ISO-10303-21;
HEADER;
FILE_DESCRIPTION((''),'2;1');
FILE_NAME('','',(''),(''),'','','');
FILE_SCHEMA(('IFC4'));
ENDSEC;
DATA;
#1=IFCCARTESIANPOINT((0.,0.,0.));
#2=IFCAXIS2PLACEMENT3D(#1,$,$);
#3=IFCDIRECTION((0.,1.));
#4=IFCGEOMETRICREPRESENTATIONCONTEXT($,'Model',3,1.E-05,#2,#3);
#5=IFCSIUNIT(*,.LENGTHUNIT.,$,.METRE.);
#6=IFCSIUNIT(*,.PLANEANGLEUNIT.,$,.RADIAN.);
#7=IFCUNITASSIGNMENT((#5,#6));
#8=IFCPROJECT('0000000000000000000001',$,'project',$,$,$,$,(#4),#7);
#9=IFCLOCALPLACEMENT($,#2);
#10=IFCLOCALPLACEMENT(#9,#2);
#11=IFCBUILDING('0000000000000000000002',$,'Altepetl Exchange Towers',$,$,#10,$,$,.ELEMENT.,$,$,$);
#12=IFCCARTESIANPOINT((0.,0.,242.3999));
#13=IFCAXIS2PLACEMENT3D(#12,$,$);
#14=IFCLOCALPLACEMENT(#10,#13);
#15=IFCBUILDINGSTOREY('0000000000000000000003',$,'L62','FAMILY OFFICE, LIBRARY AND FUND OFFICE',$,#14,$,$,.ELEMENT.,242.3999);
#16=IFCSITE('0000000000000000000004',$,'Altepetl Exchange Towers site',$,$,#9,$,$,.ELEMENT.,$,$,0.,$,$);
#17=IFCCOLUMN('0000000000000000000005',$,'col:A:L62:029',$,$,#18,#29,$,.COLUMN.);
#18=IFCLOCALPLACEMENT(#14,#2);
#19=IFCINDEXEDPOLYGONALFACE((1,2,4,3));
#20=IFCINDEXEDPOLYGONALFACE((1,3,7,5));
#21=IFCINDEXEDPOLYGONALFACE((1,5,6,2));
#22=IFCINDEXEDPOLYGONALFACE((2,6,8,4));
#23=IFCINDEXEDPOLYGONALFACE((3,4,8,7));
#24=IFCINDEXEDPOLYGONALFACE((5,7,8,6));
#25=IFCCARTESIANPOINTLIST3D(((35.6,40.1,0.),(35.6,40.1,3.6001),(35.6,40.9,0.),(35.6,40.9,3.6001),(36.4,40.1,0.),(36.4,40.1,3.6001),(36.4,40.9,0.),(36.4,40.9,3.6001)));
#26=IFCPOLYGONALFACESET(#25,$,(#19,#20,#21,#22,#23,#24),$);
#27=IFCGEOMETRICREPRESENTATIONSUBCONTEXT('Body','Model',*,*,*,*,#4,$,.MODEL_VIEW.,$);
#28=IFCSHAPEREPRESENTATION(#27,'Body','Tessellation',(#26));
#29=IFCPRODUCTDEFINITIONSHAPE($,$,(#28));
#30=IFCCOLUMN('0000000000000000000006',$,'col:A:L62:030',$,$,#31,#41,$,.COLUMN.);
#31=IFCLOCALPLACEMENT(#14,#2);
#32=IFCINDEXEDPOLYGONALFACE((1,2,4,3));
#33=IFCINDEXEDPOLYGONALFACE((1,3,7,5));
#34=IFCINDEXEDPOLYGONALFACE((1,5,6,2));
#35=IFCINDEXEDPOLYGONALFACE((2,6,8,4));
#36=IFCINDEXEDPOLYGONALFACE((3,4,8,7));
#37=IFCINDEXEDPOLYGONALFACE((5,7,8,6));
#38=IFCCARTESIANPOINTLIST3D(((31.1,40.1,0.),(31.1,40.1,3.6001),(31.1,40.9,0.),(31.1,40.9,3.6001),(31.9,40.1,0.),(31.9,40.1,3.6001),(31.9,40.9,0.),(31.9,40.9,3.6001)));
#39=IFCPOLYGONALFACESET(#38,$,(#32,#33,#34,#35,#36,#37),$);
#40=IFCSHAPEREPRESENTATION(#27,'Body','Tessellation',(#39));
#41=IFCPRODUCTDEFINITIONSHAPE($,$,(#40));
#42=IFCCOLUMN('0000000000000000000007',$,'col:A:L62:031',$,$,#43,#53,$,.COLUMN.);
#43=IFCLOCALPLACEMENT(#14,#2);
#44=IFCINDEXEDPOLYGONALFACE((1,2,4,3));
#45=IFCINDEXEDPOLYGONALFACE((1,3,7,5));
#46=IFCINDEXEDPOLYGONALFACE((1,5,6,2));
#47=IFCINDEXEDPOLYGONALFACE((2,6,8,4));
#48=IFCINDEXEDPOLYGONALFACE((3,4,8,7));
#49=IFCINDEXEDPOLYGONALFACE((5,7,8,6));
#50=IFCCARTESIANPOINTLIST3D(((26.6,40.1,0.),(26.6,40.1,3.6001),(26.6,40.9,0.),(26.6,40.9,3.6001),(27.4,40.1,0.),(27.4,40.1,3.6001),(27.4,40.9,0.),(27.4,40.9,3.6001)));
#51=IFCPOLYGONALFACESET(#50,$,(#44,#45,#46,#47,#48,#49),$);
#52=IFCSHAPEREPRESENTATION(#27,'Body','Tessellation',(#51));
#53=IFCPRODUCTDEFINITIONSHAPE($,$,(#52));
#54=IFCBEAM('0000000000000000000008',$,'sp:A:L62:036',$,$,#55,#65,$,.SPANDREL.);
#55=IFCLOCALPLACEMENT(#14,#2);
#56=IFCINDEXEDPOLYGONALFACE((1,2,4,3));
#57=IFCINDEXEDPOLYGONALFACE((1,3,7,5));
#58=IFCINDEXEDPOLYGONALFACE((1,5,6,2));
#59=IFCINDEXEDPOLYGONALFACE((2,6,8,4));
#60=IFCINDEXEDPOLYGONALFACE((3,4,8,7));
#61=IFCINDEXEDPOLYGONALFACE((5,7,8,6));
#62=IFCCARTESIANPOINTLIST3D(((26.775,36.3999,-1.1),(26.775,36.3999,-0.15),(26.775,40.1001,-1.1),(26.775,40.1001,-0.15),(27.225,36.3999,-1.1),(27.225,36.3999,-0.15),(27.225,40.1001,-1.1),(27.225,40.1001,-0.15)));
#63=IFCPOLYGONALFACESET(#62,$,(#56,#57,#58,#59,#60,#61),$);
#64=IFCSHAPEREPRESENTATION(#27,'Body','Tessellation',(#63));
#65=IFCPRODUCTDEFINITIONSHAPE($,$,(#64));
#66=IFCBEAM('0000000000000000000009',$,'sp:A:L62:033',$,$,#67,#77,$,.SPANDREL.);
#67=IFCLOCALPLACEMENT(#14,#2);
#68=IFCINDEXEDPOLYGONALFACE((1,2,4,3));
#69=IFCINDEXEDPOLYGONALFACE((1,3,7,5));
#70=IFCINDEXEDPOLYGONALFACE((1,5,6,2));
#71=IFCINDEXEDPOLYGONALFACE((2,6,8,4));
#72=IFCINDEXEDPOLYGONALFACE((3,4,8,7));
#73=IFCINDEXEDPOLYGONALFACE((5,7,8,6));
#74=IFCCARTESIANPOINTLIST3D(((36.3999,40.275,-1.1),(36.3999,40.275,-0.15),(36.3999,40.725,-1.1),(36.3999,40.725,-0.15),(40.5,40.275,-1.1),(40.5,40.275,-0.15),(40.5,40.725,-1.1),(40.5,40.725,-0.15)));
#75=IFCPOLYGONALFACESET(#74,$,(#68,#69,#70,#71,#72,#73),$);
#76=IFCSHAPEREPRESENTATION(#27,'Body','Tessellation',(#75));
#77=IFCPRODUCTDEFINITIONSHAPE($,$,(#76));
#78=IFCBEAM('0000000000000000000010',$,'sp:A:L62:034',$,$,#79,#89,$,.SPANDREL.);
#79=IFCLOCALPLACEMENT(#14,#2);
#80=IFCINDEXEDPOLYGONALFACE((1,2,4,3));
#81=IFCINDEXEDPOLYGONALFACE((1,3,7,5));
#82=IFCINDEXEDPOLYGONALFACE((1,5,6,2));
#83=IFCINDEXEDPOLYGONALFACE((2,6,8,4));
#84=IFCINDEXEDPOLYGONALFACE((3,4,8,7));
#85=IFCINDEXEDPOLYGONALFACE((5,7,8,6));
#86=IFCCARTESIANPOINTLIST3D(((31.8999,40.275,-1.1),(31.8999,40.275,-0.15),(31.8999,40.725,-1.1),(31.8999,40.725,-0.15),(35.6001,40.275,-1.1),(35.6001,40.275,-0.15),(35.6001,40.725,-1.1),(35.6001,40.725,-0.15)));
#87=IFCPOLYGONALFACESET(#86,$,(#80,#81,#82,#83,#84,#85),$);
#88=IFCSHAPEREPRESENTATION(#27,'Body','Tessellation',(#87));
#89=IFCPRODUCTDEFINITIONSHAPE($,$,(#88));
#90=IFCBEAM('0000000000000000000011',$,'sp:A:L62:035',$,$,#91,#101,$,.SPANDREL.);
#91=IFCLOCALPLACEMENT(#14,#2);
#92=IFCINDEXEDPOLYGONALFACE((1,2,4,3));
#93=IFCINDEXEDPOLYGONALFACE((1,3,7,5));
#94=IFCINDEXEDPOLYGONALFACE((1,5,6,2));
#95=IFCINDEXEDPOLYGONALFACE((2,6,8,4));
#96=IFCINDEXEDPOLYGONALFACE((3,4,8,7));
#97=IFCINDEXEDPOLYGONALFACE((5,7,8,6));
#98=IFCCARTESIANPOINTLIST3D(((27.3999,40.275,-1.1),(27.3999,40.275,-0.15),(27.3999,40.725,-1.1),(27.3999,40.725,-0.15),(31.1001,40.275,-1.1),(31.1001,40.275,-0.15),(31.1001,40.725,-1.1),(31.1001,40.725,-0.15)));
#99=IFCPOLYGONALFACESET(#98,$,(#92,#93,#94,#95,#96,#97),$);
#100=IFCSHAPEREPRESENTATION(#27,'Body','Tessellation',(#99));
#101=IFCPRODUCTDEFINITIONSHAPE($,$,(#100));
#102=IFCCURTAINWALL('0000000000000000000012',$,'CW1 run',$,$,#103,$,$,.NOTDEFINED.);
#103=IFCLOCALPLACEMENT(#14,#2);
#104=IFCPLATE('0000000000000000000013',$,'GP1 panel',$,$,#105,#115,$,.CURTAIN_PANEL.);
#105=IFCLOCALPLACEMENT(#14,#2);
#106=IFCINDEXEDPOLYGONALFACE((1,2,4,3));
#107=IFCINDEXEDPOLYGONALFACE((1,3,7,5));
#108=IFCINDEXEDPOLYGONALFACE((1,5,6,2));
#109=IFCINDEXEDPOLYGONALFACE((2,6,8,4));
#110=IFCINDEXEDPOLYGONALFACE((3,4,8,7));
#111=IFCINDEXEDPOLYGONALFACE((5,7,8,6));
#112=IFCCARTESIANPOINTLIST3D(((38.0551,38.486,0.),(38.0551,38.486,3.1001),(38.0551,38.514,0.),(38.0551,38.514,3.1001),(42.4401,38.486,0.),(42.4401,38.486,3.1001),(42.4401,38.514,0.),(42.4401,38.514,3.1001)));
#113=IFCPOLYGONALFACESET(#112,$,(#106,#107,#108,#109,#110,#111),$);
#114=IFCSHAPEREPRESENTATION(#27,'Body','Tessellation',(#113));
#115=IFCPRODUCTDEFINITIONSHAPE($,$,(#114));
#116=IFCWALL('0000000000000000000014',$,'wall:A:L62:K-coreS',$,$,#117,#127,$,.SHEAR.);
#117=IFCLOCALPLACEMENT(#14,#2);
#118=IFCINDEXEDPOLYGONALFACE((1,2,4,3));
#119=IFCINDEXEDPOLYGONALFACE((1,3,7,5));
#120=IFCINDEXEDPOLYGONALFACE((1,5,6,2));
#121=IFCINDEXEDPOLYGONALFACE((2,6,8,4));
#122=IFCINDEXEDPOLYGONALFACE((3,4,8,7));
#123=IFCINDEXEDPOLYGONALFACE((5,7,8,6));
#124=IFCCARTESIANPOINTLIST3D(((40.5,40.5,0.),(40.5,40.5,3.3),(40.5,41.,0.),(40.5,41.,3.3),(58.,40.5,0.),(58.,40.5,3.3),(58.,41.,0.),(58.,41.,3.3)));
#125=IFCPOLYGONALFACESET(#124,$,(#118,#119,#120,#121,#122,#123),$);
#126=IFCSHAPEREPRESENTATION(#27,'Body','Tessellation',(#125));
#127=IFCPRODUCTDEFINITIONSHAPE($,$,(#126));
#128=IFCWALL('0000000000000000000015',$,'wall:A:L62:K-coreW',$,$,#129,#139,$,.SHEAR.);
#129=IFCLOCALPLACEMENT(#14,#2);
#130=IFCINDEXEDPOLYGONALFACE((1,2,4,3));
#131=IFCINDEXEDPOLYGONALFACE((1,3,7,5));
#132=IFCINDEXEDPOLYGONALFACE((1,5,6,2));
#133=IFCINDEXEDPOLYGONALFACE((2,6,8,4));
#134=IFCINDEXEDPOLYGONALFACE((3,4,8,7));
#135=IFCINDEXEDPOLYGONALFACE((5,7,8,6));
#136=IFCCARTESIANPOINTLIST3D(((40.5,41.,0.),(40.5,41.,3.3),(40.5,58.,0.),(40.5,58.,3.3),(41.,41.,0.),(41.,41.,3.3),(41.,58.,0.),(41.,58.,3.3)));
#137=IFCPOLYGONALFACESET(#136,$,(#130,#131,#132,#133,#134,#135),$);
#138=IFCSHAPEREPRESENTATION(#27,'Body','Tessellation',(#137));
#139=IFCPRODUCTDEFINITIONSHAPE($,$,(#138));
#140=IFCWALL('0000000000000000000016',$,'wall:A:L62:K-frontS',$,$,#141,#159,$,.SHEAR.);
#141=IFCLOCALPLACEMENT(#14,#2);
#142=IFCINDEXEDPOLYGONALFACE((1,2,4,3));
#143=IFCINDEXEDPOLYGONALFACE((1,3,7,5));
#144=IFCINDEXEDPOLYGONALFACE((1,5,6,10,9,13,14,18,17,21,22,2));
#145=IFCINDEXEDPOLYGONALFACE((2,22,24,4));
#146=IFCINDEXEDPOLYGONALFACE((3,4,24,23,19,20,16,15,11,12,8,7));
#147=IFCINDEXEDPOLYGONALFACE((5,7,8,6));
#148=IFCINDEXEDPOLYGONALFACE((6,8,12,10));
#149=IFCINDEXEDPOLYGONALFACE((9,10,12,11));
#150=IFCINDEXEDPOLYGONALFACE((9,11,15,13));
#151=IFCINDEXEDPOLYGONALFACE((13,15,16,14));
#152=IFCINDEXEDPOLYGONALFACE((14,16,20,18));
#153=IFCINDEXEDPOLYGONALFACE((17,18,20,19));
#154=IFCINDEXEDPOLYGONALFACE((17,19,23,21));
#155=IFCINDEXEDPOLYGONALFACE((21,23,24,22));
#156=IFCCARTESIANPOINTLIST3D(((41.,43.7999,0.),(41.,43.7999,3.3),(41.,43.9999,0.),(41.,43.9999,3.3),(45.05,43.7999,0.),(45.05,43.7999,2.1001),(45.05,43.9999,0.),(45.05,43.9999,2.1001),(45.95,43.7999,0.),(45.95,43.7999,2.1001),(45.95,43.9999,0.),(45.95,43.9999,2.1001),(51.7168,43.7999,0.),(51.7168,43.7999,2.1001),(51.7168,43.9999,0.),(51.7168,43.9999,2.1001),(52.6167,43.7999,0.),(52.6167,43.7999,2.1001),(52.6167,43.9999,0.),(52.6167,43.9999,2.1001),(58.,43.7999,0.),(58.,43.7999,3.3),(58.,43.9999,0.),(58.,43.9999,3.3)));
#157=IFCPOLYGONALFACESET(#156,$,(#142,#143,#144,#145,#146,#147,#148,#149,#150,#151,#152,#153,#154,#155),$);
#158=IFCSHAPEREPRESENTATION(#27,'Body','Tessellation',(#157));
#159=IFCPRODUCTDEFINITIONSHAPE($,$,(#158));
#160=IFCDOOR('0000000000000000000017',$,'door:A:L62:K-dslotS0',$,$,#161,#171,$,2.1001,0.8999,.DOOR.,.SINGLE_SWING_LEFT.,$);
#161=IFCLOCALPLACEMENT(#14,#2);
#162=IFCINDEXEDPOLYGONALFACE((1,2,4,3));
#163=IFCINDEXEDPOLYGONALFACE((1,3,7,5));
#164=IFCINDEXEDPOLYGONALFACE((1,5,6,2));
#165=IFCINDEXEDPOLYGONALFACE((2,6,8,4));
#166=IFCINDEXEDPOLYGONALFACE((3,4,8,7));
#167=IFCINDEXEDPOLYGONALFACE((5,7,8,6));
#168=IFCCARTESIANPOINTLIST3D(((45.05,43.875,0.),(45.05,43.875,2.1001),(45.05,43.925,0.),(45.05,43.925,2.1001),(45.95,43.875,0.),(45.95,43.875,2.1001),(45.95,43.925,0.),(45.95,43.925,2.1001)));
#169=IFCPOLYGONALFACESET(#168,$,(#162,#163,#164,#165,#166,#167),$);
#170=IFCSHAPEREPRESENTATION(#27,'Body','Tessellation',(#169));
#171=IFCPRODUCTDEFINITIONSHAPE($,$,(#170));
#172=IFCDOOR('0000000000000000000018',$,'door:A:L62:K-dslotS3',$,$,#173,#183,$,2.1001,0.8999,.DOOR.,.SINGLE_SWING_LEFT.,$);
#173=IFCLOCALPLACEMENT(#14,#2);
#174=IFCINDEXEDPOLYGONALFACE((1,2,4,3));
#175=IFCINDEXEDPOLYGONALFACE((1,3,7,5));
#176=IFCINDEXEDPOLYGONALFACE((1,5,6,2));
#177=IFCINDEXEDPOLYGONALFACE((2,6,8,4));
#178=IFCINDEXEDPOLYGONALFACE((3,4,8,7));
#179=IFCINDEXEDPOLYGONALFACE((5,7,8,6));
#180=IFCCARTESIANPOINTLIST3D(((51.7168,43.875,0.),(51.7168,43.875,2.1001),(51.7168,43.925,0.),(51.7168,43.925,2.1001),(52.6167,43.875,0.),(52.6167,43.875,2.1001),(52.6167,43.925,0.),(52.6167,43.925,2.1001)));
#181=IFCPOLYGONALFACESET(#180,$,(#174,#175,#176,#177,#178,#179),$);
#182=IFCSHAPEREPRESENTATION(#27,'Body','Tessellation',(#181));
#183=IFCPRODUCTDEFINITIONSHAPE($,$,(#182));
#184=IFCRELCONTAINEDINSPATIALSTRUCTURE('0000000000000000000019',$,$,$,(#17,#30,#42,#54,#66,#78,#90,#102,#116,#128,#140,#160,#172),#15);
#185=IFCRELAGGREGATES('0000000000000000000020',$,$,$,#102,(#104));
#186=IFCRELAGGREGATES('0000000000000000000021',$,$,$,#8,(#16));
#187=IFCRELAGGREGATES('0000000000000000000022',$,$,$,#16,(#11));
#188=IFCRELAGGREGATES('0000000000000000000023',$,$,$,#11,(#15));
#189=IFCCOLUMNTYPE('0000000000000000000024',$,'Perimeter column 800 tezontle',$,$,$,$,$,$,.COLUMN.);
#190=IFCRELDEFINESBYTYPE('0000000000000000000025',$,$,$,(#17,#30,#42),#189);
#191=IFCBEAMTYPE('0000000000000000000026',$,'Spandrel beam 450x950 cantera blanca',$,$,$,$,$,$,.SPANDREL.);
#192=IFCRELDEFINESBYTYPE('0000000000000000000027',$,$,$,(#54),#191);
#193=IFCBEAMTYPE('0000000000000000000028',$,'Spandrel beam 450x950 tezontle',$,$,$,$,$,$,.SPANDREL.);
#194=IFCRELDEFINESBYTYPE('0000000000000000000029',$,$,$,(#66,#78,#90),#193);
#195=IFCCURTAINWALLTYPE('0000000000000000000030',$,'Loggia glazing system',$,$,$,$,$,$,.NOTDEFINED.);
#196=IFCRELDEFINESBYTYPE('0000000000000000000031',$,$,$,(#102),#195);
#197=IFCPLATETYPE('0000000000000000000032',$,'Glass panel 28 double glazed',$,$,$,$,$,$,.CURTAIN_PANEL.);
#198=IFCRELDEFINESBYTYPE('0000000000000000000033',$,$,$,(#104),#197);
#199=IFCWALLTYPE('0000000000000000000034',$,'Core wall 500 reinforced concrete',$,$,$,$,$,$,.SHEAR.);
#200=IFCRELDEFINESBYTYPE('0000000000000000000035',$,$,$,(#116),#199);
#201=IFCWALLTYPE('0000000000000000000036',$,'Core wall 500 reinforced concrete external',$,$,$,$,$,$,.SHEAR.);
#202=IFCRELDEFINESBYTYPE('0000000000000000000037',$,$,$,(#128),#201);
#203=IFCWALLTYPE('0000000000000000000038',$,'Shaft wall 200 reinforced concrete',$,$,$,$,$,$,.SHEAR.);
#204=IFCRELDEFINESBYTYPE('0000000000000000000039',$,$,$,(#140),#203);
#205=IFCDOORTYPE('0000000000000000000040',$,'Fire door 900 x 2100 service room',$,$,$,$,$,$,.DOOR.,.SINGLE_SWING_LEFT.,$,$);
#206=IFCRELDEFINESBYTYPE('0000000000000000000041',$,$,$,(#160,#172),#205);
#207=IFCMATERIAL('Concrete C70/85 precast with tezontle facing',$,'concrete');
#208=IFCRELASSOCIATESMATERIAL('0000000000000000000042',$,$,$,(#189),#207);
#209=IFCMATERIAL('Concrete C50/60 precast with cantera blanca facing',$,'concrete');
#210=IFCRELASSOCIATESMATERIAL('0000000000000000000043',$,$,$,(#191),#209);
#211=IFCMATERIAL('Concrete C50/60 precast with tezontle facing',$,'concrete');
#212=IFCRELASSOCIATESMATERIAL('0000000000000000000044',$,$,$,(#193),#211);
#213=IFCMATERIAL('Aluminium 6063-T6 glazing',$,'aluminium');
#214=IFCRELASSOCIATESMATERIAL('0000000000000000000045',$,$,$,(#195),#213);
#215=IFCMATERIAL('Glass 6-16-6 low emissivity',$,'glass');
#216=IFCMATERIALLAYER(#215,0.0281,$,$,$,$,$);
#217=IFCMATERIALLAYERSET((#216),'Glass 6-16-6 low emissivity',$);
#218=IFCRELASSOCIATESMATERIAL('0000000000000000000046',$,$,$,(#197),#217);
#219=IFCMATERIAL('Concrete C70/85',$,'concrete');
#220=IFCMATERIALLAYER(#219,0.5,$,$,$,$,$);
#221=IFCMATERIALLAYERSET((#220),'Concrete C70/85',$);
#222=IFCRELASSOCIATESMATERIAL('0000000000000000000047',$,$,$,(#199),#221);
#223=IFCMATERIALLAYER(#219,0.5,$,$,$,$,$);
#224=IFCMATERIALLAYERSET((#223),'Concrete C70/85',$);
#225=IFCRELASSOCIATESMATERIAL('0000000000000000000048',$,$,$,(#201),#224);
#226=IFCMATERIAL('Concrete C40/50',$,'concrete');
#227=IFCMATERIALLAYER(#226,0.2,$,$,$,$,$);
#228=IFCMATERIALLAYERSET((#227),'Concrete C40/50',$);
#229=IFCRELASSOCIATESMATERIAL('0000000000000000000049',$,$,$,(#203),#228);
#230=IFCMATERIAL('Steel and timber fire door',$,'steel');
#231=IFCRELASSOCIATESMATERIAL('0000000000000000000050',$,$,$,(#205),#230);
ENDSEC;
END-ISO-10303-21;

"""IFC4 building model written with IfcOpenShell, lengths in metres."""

from ifc_helpers import new_model, si_unit, direction, frame, frame_2d, origin, origin_2d, place, context, subcontext, project, spatial, rectangle, extrude, material, layer, layer_set, material_profile, profile_set, type_object, element, fill, aggregate, save


model = new_model("IFC4")

# Units and contexts
model_context = context("Model", 3, precision=1e-05, world=origin(), true_north=direction((0.0, 1.0)))
body_context = subcontext(model_context, "Body", "Model", "MODEL_VIEW")
ifc_project = project(units=[si_unit("LENGTHUNIT", "METRE"), si_unit("PLANEANGLEUNIT", "RADIAN")], contexts=[model_context])

# Site, building, storey
site_placement = place(None, origin())
site = spatial("IfcSite", under=ifc_project, at=site_placement, Name="Altepetl Exchange Towers site", CompositionType="ELEMENT", RefElevation=0.0)
building_placement = place(site_placement, origin())
building = spatial("IfcBuilding", under=site, at=building_placement, Name="Altepetl Exchange Towers", CompositionType="ELEMENT")
storey_placement = place(building_placement, frame((0.0, 0.0, 242.3999)))
storey = spatial("IfcBuildingStorey", under=building, at=storey_placement, Name="L62", Description="FAMILY OFFICE, LIBRARY AND FUND OFFICE", CompositionType="ELEMENT", Elevation=242.3999)

# Columns
ifc_material_1 = material(Name="Concrete C70/85 precast with tezontle facing", Category="concrete")
ifc_material_profile_1 = material_profile(ifc_material_1, rectangle(XDim=0.8, YDim=0.8, at=origin_2d()), Name="800 x 800")
ifc_profile_set_1 = profile_set([ifc_material_profile_1], Name="Concrete C70/85 precast with tezontle facing")
column_type = type_object("IfcColumnType", Name="Perimeter column 800 tezontle", PredefinedType="COLUMN", material=ifc_profile_set_1)
for number, where, name in (
    (1, (36.0, 40.5, 0.0), "col:A:L62:029"),
    (2, (31.5, 40.5, 0.0), "col:A:L62:030"),
    (3, (27.0, 40.5, 0.0), "col:A:L62:031"),
):
    element("IfcColumn", number, at=place(storey_placement, frame(where)), inside=storey, type_object=column_type, Name=name, PredefinedType="COLUMN", context=body_context, shape_type="SweptSolid", body=[
        extrude(rectangle(XDim=0.8, YDim=0.8, at=origin_2d()), origin(), (0.0, 0.0, 1.0), 3.6001),
    ])

# Beams
ifc_material_2 = material(Name="Concrete C50/60 precast with cantera blanca facing", Category="concrete")
ifc_material_profile_2 = material_profile(ifc_material_2, rectangle(XDim=0.45, YDim=0.95, at=origin_2d()), Name="450 x 950")
ifc_profile_set_2 = profile_set([ifc_material_profile_2], Name="Concrete C50/60 precast with cantera blanca facing")
beam_type_1 = type_object("IfcBeamType", Name="Spandrel beam 450x950 cantera blanca", PredefinedType="SPANDREL", material=ifc_profile_set_2)
beam_1_placement = place(storey_placement, frame((27.0, 40.1001, -0.625), z_axis=(0.0, -1.0, 0.0), x_axis=(1.0, 0.0, 0.0)))
element("IfcBeam", 4, at=beam_1_placement, inside=storey, type_object=beam_type_1, Name="sp:A:L62:036", PredefinedType="SPANDREL", context=body_context, shape_type="SweptSolid", body=[
    extrude(rectangle(XDim=0.45, YDim=0.95, at=origin_2d()), origin(), (0.0, 0.0, 1.0), 3.7002),
])
ifc_material_3 = material(Name="Concrete C50/60 precast with tezontle facing", Category="concrete")
ifc_material_profile_3 = material_profile(ifc_material_3, rectangle(XDim=0.45, YDim=0.95, at=origin_2d()), Name="450 x 950")
ifc_profile_set_3 = profile_set([ifc_material_profile_3], Name="Concrete C50/60 precast with tezontle facing")
beam_type_2 = type_object("IfcBeamType", Name="Spandrel beam 450x950 tezontle", PredefinedType="SPANDREL", material=ifc_profile_set_3)
beam_2_placement = place(storey_placement, frame((40.5, 40.5, -0.625), z_axis=(-1.0, 0.0, 0.0), x_axis=(0.0, -1.0, 0.0)))
element("IfcBeam", 5, at=beam_2_placement, inside=storey, type_object=beam_type_2, Name="sp:A:L62:033", PredefinedType="SPANDREL", context=body_context, shape_type="SweptSolid", body=[
    extrude(rectangle(XDim=0.45, YDim=0.95, at=origin_2d()), origin(), (0.0, 0.0, 1.0), 4.1001),
])
for number, where, z_axis, x_axis, name in (
    (6, (35.6001, 40.5, -0.625), (-1.0, 0.0, 0.0), (0.0, -1.0, 0.0), "sp:A:L62:034"),
    (7, (31.1001, 40.5, -0.625), (-1.0, 0.0, 0.0), (0.0, -1.0, 0.0), "sp:A:L62:035"),
):
    element("IfcBeam", number, at=place(storey_placement, frame(where, z_axis=z_axis, x_axis=x_axis)), inside=storey, type_object=beam_type_2, Name=name, PredefinedType="SPANDREL", context=body_context, shape_type="SweptSolid", body=[
        extrude(rectangle(XDim=0.45, YDim=0.95, at=origin_2d()), origin(), (0.0, 0.0, 1.0), 3.7002),
    ])

# Curtain wall, plate
ifc_material_4 = material(Name="Aluminium 6063-T6 glazing", Category="aluminium")
curtain_wall_type = type_object("IfcCurtainWallType", Name="Loggia glazing system", PredefinedType="NOTDEFINED", material=ifc_material_4)
curtain_wall_placement = place(storey_placement, origin())
curtain_wall = element("IfcCurtainWall", 8, at=curtain_wall_placement, inside=storey, type_object=curtain_wall_type, Name="CW1 run", PredefinedType="NOTDEFINED")
ifc_material_5 = material(Name="Glass 6-16-6 low emissivity", Category="glass")
ifc_layer_1 = layer(ifc_material_5, 0.0281)
ifc_layer_set_1 = layer_set([ifc_layer_1], Name="Glass 6-16-6 low emissivity")
plate_type = type_object("IfcPlateType", Name="Glass panel 28 double glazed", PredefinedType="CURTAIN_PANEL", material=ifc_layer_set_1)
plate_placement = place(storey_placement, frame((40.2476, 38.5, 0.0), z_axis=(0.0, 0.0, 1.0), x_axis=(-1.0, 0.0, 0.0)))
plate = element("IfcPlate", 9, at=plate_placement, type_object=plate_type, Name="GP1 panel", PredefinedType="CURTAIN_PANEL", context=body_context, shape_type="SweptSolid", body=[
    extrude(rectangle(XDim=4.385, YDim=0.0281, at=origin_2d()), origin(), (0.0, 0.0, 1.0), 3.1001),
])
aggregate(curtain_wall, [plate])

# Walls
ifc_material_6 = material(Name="Concrete C70/85", Category="concrete")
ifc_layer_2 = layer(ifc_material_6, 0.5)
ifc_layer_set_2 = layer_set([ifc_layer_2], Name="Concrete C70/85")
wall_type_1 = type_object("IfcWallType", Name="Core wall 500 reinforced concrete", PredefinedType="SHEAR", material=ifc_layer_set_2)
wall_1_placement = place(storey_placement, frame((40.5, 40.75, 0.0)))
element("IfcWall", 10, at=wall_1_placement, inside=storey, type_object=wall_type_1, Name="wall:A:L62:K-coreS", PredefinedType="SHEAR", context=body_context, shape_type="SweptSolid", body=[
    extrude(rectangle(XDim=17.5, YDim=0.5, at=frame_2d((8.75, 0.0))), origin(), (0.0, 0.0, 1.0), 3.3),
])
ifc_layer_3 = layer(ifc_material_6, 0.5)
ifc_layer_set_3 = layer_set([ifc_layer_3], Name="Concrete C70/85")
wall_type_2 = type_object("IfcWallType", Name="Core wall 500 reinforced concrete external", PredefinedType="SHEAR", material=ifc_layer_set_3)
wall_2_placement = place(storey_placement, frame((40.75, 41.0, 0.0), z_axis=(0.0, 0.0, 1.0), x_axis=(0.0, 1.0, 0.0)))
element("IfcWall", 11, at=wall_2_placement, inside=storey, type_object=wall_type_2, Name="wall:A:L62:K-coreW", PredefinedType="SHEAR", context=body_context, shape_type="SweptSolid", body=[
    extrude(rectangle(XDim=17.0, YDim=0.5, at=frame_2d((8.5, 0.0))), origin(), (0.0, 0.0, 1.0), 3.3),
])

# Wall, openings, doors
ifc_material_7 = material(Name="Concrete C40/50", Category="concrete")
ifc_layer_4 = layer(ifc_material_7, 0.2)
ifc_layer_set_4 = layer_set([ifc_layer_4], Name="Concrete C40/50")
wall_type_3 = type_object("IfcWallType", Name="Shaft wall 200 reinforced concrete", PredefinedType="SHEAR", material=ifc_layer_set_4)
wall_3_placement = place(storey_placement, frame((41.0, 43.8999, 0.0)))
wall_3 = element("IfcWall", 12, at=wall_3_placement, inside=storey, type_object=wall_type_3, Name="wall:A:L62:K-frontS", PredefinedType="SHEAR", context=body_context, shape_type="SweptSolid", body=[
    extrude(rectangle(XDim=17.0, YDim=0.2, at=frame_2d((8.5, 0.0))), origin(), (0.0, 0.0, 1.0), 3.3),
])
opening_1_placement = place(wall_3_placement, frame((4.05, 0.0, 0.0)))
opening_1 = element("IfcOpeningElement", 13, at=opening_1_placement, cuts=wall_3, PredefinedType="OPENING", context=body_context, shape_type="SweptSolid", body=[
    extrude(rectangle(XDim=0.8999, YDim=2.1001, at=frame_2d((0.45, 1.05))), frame((0.0, 0.1099, 0.0), z_axis=(0.0, -1.0, 0.0), x_axis=(1.0, 0.0, 0.0)), (0.0, 0.0, 1.0), 0.22),
])
opening_2_placement = place(wall_3_placement, frame((10.7168, 0.0, 0.0)))
opening_2 = element("IfcOpeningElement", 14, at=opening_2_placement, cuts=wall_3, PredefinedType="OPENING", context=body_context, shape_type="SweptSolid", body=[
    extrude(rectangle(XDim=0.8999, YDim=2.1001, at=frame_2d((0.45, 1.05))), frame((0.0, 0.1099, 0.0), z_axis=(0.0, -1.0, 0.0), x_axis=(1.0, 0.0, 0.0)), (0.0, 0.0, 1.0), 0.22),
])
ifc_material_8 = material(Name="Steel and timber fire door", Category="steel")
door_type_1 = type_object("IfcDoorType", Name="Fire door 900 x 2100 service room", OperationType="SINGLE_SWING_LEFT", PredefinedType="DOOR", material=ifc_material_8)
door_1_placement = place(opening_1_placement, frame((0.8999, 0.0, 0.0), x_axis=(-1.0, 0.0, 0.0)))
door_1 = element("IfcDoor", 15, at=door_1_placement, inside=storey, type_object=door_type_1, Name="door:A:L62:K-dslotS0", OperationType="SINGLE_SWING_LEFT", OverallHeight=2.1001, OverallWidth=0.8999, PredefinedType="DOOR", context=body_context, shape_type="SweptSolid", body=[
    extrude(rectangle(XDim=0.8999, YDim=2.1001, at=frame_2d((0.45, 1.05))), frame((0.0, 0.0249, 0.0), z_axis=(0.0, -1.0, 0.0), x_axis=(1.0, 0.0, 0.0)), (0.0, 0.0, 1.0), 0.05),
])
fill(opening_1, door_1)
door_2_placement = place(opening_2_placement, frame((0.8999, 0.0, 0.0), x_axis=(-1.0, 0.0, 0.0)))
door_2 = element("IfcDoor", 16, at=door_2_placement, inside=storey, type_object=door_type_1, Name="door:A:L62:K-dslotS3", OperationType="SINGLE_SWING_LEFT", OverallHeight=2.1001, OverallWidth=0.8999, PredefinedType="DOOR", context=body_context, shape_type="SweptSolid", body=[
    extrude(rectangle(XDim=0.8999, YDim=2.1001, at=frame_2d((0.45, 1.05))), frame((0.0, 0.0249, 0.0), z_axis=(0.0, -1.0, 0.0), x_axis=(1.0, 0.0, 0.0)), (0.0, 0.0, 1.0), 0.05),
])
fill(opening_2, door_2)

save(model, "model.ifc")
